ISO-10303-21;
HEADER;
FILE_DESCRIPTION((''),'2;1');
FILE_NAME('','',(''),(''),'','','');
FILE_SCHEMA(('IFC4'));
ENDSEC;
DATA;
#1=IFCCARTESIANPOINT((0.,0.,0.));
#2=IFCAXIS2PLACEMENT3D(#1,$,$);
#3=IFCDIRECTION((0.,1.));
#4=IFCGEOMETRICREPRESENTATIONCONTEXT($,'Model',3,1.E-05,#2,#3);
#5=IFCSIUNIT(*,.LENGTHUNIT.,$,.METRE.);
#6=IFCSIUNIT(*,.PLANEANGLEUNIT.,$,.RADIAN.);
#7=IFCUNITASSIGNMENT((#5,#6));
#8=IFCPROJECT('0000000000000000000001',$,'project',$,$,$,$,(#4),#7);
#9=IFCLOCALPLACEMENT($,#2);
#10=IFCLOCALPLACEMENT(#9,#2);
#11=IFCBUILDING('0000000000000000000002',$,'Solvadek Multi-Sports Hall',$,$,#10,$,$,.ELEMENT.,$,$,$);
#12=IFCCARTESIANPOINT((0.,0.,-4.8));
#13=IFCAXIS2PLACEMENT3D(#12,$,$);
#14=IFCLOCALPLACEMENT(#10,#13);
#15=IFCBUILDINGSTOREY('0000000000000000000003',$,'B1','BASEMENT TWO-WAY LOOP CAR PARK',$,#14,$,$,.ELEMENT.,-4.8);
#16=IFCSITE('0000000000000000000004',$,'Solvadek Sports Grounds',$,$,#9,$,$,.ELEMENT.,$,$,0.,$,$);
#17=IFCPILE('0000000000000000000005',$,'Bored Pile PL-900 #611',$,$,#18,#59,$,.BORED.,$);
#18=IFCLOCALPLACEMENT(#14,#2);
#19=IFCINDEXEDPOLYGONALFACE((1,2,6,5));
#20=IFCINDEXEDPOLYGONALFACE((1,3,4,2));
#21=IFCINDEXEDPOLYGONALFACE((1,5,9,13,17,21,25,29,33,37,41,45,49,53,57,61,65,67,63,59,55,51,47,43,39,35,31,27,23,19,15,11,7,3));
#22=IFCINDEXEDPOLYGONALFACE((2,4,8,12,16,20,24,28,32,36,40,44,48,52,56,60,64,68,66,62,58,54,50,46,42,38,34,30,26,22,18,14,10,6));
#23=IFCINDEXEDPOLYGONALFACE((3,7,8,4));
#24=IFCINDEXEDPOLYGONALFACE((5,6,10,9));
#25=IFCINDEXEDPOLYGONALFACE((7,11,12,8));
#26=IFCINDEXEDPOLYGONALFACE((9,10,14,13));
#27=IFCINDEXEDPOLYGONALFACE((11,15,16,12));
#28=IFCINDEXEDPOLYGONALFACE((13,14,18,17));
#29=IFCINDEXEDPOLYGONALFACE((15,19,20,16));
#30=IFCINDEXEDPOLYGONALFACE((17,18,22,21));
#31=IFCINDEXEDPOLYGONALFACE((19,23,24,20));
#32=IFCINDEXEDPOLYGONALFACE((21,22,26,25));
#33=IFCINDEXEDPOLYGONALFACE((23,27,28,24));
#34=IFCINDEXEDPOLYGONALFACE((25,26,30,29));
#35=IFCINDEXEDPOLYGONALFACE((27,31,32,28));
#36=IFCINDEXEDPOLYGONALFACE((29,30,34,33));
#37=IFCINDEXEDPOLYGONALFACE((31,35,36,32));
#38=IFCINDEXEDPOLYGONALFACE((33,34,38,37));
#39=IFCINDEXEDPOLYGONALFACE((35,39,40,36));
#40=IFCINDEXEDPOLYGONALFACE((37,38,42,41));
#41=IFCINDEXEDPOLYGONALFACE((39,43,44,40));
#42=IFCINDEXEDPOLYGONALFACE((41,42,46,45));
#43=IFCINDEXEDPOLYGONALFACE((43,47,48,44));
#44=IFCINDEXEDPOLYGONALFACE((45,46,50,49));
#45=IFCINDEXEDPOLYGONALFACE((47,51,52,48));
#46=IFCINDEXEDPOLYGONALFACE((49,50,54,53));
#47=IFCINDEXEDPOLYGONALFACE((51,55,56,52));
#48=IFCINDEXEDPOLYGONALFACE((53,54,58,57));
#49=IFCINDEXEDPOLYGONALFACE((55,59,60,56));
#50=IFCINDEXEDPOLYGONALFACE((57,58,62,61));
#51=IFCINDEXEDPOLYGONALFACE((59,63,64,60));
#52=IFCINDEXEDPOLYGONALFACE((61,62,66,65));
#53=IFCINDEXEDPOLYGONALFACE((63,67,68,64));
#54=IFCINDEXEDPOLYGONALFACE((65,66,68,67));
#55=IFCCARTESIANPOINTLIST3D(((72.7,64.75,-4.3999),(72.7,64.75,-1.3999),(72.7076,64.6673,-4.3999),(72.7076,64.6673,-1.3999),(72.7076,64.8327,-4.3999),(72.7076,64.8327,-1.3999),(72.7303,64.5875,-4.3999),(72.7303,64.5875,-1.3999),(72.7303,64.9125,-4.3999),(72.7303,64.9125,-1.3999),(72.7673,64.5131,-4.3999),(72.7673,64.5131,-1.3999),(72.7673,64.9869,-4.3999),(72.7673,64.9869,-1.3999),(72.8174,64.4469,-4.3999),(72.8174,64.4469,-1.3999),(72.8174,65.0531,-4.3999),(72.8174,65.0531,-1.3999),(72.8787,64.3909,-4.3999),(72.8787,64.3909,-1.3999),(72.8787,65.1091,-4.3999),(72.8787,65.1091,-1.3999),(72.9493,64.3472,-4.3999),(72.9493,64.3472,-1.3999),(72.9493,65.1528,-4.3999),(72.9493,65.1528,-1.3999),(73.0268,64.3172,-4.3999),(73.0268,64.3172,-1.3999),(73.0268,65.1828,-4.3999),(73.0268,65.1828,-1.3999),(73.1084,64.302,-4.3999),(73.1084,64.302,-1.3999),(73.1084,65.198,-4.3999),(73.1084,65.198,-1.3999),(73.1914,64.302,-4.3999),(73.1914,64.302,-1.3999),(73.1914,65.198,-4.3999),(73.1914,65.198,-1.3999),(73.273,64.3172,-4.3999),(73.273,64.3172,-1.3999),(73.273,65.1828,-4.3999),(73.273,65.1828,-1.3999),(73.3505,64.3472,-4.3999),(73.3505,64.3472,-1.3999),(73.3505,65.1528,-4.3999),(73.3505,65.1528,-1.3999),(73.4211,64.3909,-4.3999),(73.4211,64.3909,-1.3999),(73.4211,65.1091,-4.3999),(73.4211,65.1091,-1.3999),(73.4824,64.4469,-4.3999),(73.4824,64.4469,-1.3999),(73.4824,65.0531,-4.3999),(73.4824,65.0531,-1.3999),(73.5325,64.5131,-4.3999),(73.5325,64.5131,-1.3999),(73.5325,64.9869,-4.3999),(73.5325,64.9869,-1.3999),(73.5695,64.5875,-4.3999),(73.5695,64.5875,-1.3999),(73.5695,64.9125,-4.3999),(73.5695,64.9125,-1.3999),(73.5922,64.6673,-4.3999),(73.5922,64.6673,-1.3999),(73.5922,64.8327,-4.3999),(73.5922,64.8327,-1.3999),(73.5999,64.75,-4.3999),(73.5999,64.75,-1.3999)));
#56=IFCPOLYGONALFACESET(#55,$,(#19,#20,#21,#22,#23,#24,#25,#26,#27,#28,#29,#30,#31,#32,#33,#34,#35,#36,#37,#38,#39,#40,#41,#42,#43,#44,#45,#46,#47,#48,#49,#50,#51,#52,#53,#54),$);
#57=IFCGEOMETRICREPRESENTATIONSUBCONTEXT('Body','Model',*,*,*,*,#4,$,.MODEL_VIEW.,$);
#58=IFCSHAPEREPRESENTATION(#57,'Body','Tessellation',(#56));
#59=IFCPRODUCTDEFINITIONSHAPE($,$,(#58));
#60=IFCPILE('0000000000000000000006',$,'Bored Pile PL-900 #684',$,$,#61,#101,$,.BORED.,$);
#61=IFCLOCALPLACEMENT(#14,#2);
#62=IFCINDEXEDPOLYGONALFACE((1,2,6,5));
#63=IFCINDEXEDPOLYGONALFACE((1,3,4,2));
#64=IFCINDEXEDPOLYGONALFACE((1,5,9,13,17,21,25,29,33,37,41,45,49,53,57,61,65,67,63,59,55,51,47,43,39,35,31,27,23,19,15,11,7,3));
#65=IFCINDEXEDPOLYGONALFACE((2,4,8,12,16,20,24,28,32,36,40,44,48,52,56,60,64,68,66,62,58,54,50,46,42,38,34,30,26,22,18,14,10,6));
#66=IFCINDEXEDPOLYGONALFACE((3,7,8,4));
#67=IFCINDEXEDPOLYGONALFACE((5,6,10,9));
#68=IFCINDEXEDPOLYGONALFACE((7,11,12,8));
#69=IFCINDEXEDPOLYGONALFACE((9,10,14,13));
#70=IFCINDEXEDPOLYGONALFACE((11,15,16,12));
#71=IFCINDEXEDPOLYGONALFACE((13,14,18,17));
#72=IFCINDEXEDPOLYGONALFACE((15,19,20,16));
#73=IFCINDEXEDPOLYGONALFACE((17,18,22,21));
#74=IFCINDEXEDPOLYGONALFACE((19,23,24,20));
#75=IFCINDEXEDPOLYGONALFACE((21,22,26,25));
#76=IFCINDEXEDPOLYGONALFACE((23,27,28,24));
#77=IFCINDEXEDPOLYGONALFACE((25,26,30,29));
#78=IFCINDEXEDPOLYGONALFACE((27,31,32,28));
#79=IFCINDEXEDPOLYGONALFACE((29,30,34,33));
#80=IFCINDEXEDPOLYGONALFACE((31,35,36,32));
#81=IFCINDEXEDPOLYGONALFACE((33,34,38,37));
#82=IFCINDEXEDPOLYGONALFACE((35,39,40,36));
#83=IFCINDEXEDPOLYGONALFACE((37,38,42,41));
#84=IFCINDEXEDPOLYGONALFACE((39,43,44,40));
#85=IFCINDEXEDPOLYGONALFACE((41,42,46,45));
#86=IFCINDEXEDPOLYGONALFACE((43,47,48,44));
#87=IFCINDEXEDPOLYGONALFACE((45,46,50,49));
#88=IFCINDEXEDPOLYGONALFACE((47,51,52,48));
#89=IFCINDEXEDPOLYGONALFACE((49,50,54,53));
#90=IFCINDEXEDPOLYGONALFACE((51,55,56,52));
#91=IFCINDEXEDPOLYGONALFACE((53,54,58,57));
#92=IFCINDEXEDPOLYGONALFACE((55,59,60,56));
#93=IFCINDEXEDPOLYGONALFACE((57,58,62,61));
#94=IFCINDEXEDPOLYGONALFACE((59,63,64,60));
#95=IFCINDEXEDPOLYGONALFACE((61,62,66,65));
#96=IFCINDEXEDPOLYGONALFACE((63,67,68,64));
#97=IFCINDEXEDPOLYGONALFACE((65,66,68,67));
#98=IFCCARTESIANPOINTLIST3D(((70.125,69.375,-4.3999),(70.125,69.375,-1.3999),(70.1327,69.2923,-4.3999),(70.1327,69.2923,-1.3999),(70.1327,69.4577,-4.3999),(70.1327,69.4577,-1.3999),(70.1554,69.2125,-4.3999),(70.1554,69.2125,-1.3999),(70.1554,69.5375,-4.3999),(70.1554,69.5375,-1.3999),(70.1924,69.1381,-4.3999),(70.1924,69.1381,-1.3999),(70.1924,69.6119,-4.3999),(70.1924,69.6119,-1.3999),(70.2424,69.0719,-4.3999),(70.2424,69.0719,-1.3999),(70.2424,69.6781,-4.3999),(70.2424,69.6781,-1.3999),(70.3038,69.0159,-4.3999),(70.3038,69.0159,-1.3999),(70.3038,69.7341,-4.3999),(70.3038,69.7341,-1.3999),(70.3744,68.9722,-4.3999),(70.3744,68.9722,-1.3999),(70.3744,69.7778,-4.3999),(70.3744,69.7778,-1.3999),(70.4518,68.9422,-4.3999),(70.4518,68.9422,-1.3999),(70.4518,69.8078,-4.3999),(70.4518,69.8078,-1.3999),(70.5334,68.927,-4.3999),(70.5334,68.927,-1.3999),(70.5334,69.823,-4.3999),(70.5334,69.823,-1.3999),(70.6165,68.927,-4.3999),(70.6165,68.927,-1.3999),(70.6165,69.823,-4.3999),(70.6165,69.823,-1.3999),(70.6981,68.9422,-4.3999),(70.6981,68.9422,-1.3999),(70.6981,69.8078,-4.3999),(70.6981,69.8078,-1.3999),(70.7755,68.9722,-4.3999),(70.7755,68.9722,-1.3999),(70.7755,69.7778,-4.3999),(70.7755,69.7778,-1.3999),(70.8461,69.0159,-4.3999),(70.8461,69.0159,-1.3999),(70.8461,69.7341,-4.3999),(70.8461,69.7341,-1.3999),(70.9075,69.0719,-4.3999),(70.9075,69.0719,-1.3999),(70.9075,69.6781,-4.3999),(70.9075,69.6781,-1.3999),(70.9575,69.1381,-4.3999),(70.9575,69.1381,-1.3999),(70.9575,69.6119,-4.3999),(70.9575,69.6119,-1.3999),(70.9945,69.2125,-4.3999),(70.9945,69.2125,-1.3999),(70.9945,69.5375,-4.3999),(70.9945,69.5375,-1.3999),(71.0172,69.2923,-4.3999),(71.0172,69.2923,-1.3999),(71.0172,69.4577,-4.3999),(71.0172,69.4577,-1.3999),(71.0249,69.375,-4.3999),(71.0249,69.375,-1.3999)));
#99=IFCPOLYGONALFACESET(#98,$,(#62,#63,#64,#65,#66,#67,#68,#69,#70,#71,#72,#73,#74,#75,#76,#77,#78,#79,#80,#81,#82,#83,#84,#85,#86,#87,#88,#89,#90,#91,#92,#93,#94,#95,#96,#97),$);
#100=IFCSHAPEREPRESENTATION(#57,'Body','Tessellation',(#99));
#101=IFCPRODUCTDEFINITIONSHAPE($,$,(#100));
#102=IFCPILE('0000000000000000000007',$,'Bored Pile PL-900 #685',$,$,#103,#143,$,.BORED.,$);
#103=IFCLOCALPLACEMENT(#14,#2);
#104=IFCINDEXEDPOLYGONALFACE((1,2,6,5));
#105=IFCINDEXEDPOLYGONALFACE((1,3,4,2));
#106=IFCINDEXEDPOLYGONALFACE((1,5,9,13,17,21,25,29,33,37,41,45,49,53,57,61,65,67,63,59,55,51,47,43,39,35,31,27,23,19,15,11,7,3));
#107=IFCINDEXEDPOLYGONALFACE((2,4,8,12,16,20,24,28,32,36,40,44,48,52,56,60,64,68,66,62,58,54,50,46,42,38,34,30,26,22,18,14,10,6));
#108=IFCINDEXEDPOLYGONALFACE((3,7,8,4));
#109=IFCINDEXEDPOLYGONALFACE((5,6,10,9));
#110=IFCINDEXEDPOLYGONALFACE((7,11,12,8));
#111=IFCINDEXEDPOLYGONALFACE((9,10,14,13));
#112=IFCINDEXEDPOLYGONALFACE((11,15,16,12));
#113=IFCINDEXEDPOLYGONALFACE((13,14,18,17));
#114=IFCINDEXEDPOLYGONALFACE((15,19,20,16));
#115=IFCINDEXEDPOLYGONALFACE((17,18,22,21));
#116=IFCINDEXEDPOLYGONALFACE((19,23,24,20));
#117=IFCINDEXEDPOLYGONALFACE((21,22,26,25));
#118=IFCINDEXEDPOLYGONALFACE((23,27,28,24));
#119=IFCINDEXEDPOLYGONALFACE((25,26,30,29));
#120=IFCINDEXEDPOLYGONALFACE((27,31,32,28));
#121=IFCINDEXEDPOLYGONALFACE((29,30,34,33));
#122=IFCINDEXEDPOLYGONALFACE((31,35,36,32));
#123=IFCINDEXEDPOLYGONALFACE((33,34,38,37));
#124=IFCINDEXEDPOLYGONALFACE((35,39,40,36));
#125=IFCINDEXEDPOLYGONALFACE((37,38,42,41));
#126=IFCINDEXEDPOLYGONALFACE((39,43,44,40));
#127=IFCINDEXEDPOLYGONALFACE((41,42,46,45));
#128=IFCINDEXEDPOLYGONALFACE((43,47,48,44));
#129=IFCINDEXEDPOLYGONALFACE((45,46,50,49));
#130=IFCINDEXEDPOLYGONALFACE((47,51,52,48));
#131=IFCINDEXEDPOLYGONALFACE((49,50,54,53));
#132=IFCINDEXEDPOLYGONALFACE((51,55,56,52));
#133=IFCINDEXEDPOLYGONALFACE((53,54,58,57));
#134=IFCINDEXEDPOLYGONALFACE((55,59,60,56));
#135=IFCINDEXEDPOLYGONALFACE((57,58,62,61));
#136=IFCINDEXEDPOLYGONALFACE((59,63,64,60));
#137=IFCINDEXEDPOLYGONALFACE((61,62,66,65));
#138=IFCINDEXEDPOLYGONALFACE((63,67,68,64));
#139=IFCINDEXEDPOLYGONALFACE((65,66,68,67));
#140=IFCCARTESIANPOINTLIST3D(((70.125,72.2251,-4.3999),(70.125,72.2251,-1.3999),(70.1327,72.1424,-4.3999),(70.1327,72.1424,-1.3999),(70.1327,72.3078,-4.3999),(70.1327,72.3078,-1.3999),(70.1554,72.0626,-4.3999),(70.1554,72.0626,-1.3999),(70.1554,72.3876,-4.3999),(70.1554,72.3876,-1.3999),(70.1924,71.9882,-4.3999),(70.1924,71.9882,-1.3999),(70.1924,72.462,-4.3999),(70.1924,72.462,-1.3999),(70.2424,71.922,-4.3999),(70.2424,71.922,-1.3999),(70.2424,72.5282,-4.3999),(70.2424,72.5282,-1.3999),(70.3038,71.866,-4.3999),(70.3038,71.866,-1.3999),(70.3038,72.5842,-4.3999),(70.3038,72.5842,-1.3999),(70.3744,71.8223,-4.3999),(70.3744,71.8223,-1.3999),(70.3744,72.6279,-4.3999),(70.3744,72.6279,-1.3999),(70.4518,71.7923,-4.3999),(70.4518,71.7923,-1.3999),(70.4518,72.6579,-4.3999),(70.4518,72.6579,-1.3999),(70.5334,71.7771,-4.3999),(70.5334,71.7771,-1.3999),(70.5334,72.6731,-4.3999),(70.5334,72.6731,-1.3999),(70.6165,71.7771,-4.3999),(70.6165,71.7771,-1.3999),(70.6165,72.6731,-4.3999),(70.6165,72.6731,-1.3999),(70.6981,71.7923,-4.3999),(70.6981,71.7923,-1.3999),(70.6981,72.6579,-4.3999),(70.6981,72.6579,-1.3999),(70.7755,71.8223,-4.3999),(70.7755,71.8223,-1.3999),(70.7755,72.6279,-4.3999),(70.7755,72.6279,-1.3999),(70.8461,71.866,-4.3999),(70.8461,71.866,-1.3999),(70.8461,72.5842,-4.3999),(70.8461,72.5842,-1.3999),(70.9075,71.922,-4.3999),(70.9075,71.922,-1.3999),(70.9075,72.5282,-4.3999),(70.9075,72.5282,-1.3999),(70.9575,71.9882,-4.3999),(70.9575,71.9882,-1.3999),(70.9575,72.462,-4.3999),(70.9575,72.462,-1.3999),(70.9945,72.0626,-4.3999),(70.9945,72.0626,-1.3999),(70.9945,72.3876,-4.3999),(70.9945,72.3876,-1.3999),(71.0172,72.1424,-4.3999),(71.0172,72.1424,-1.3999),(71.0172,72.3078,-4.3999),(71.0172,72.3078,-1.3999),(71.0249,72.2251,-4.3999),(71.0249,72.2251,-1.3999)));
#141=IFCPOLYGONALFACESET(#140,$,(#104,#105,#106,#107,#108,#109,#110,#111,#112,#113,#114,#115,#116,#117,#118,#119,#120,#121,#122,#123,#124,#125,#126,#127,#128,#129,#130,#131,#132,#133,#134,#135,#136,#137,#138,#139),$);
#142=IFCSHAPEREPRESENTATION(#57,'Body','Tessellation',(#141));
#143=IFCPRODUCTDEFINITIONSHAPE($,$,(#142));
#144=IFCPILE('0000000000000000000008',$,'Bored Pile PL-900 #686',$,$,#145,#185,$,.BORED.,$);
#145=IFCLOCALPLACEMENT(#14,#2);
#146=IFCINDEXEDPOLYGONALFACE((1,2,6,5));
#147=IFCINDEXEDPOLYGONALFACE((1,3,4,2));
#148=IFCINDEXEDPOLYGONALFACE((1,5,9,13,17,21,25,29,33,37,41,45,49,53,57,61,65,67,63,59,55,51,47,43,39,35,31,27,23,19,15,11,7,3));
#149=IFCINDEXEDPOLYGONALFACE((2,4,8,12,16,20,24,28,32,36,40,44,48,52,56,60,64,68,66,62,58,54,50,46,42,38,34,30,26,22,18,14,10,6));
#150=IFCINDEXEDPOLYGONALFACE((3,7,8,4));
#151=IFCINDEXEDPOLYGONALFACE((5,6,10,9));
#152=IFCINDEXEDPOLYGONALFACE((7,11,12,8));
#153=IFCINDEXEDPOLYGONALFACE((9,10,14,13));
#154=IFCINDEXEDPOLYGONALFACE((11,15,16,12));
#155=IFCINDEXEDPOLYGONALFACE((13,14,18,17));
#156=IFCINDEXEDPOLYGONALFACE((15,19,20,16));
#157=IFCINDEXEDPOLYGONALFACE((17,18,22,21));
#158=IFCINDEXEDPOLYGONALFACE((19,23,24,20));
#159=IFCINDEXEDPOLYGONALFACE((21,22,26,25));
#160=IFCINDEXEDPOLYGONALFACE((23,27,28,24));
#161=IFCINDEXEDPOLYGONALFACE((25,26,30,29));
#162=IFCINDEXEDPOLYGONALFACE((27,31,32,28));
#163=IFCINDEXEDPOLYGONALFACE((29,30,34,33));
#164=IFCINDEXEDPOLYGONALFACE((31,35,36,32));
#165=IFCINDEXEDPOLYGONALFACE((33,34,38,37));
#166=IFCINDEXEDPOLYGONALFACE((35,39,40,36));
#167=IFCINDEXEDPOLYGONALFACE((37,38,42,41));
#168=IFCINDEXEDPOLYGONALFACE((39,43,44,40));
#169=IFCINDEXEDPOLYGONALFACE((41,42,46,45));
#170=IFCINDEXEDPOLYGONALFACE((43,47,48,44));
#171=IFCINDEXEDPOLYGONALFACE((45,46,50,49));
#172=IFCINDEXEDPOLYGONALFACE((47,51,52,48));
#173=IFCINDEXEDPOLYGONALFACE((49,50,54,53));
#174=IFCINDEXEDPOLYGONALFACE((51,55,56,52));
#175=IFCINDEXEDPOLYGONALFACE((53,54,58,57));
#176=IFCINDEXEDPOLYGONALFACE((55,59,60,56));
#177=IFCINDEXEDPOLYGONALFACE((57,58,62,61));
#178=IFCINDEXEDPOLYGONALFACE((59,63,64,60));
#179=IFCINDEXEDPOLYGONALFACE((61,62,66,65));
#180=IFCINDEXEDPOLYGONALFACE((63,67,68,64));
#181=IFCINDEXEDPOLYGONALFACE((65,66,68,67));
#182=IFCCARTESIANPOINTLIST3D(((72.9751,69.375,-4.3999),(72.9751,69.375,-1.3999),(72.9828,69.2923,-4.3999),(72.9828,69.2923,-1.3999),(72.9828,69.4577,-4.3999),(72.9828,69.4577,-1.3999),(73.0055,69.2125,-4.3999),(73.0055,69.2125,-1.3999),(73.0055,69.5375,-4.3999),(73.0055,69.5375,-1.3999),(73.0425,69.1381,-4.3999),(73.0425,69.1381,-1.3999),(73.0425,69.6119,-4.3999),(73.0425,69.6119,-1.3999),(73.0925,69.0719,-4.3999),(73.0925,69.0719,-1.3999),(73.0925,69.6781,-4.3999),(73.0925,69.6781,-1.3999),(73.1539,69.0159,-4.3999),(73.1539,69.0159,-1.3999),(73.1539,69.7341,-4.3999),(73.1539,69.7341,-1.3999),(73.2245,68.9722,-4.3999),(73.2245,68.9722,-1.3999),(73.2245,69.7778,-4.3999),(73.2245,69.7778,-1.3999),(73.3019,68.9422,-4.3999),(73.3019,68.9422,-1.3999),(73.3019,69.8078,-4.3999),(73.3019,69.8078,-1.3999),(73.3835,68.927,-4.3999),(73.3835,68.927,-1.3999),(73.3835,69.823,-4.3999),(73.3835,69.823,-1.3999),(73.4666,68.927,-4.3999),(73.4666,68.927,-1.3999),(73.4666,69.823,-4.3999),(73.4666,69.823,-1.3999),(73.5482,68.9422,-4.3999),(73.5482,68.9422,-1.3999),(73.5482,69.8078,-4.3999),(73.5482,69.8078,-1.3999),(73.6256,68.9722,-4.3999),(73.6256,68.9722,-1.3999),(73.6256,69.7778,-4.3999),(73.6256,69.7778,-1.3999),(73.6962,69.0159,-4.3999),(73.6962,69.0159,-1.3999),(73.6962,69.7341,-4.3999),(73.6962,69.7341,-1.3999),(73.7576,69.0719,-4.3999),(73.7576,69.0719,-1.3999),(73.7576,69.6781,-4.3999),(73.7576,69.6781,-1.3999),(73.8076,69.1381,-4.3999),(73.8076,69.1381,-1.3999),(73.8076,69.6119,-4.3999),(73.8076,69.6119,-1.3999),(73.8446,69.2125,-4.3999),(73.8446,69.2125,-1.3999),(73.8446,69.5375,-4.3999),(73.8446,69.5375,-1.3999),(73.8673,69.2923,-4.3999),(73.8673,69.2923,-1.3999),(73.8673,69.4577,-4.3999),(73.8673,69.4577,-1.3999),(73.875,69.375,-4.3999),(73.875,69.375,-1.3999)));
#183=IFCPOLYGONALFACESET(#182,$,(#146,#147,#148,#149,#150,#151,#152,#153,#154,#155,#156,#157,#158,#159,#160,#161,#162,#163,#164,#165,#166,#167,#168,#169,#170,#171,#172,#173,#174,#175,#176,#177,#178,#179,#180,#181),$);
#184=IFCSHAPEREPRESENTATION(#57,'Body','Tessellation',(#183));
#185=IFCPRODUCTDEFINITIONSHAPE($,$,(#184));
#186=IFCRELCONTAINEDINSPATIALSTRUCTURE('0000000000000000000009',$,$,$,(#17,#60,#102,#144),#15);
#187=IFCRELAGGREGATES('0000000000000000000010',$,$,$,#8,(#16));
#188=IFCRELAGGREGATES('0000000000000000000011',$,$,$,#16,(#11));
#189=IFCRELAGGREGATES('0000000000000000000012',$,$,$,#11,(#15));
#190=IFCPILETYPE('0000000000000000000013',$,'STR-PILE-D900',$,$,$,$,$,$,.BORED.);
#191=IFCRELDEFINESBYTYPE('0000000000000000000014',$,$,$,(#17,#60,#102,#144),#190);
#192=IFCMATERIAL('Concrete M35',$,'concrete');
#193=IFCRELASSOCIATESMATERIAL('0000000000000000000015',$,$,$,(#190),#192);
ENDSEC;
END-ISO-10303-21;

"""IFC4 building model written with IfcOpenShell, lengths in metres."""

from ifc_helpers import new_model, si_unit, direction, frame, origin, origin_2d, place, context, subcontext, project, spatial, circle, extrude, material, material_profile, profile_set, type_object, element, save


model = new_model("IFC4")

# Units and contexts
model_context = context("Model", 3, precision=1e-05, world=origin(), true_north=direction((0.0, 1.0)))
body_context = subcontext(model_context, "Body", "Model", "MODEL_VIEW")
ifc_project = project(units=[si_unit("LENGTHUNIT", "METRE"), si_unit("PLANEANGLEUNIT", "RADIAN")], contexts=[model_context])

# Site, building, storey
site_placement = place(None, origin())
site = spatial("IfcSite", under=ifc_project, at=site_placement, Name="Solvadek Sports Grounds", CompositionType="ELEMENT", RefElevation=0.0)
building_placement = place(site_placement, origin())
building = spatial("IfcBuilding", under=site, at=building_placement, Name="Solvadek Multi-Sports Hall", CompositionType="ELEMENT")
storey_placement = place(building_placement, frame((0.0, 0.0, -4.8)))
storey = spatial("IfcBuildingStorey", under=building, at=storey_placement, Name="B1", Description="BASEMENT TWO-WAY LOOP CAR PARK", CompositionType="ELEMENT", Elevation=-4.8)

# Piles
ifc_material_1 = material(Name="Concrete M35", Category="concrete")
ifc_material_profile_1 = material_profile(ifc_material_1, circle(Radius=0.45, at=origin_2d()), Name="BORED PILE D900")
ifc_profile_set_1 = profile_set([ifc_material_profile_1], Name="Concrete M35")
pile_type_1 = type_object("IfcPileType", Name="STR-PILE-D900", PredefinedType="BORED", material=ifc_profile_set_1)
for number, where, z_axis, x_axis, name in (
    (1, (73.1499, 64.75, -1.3999), (0.0, 0.0, -1.0), (1.0, 0.0, 0.0), "Bored Pile PL-900 #611"),
    (2, (70.575, 69.375, -1.3999), (0.0, 0.0, -1.0), (1.0, 0.0, 0.0), "Bored Pile PL-900 #684"),
    (3, (70.575, 72.2251, -1.3999), (0.0, 0.0, -1.0), (1.0, 0.0, 0.0), "Bored Pile PL-900 #685"),
    (4, (73.425, 69.375, -1.3999), (0.0, 0.0, -1.0), (1.0, 0.0, 0.0), "Bored Pile PL-900 #686"),
):
    element("IfcPile", number, at=place(storey_placement, frame(where, z_axis=z_axis, x_axis=x_axis)), inside=storey, type_object=pile_type_1, Name=name, PredefinedType="BORED", context=body_context, shape_type="SweptSolid", body=[
        extrude(circle(Radius=0.45, at=origin_2d()), origin(), (0.0, 0.0, 1.0), 3.0),
    ])

save(model, "model.ifc")
